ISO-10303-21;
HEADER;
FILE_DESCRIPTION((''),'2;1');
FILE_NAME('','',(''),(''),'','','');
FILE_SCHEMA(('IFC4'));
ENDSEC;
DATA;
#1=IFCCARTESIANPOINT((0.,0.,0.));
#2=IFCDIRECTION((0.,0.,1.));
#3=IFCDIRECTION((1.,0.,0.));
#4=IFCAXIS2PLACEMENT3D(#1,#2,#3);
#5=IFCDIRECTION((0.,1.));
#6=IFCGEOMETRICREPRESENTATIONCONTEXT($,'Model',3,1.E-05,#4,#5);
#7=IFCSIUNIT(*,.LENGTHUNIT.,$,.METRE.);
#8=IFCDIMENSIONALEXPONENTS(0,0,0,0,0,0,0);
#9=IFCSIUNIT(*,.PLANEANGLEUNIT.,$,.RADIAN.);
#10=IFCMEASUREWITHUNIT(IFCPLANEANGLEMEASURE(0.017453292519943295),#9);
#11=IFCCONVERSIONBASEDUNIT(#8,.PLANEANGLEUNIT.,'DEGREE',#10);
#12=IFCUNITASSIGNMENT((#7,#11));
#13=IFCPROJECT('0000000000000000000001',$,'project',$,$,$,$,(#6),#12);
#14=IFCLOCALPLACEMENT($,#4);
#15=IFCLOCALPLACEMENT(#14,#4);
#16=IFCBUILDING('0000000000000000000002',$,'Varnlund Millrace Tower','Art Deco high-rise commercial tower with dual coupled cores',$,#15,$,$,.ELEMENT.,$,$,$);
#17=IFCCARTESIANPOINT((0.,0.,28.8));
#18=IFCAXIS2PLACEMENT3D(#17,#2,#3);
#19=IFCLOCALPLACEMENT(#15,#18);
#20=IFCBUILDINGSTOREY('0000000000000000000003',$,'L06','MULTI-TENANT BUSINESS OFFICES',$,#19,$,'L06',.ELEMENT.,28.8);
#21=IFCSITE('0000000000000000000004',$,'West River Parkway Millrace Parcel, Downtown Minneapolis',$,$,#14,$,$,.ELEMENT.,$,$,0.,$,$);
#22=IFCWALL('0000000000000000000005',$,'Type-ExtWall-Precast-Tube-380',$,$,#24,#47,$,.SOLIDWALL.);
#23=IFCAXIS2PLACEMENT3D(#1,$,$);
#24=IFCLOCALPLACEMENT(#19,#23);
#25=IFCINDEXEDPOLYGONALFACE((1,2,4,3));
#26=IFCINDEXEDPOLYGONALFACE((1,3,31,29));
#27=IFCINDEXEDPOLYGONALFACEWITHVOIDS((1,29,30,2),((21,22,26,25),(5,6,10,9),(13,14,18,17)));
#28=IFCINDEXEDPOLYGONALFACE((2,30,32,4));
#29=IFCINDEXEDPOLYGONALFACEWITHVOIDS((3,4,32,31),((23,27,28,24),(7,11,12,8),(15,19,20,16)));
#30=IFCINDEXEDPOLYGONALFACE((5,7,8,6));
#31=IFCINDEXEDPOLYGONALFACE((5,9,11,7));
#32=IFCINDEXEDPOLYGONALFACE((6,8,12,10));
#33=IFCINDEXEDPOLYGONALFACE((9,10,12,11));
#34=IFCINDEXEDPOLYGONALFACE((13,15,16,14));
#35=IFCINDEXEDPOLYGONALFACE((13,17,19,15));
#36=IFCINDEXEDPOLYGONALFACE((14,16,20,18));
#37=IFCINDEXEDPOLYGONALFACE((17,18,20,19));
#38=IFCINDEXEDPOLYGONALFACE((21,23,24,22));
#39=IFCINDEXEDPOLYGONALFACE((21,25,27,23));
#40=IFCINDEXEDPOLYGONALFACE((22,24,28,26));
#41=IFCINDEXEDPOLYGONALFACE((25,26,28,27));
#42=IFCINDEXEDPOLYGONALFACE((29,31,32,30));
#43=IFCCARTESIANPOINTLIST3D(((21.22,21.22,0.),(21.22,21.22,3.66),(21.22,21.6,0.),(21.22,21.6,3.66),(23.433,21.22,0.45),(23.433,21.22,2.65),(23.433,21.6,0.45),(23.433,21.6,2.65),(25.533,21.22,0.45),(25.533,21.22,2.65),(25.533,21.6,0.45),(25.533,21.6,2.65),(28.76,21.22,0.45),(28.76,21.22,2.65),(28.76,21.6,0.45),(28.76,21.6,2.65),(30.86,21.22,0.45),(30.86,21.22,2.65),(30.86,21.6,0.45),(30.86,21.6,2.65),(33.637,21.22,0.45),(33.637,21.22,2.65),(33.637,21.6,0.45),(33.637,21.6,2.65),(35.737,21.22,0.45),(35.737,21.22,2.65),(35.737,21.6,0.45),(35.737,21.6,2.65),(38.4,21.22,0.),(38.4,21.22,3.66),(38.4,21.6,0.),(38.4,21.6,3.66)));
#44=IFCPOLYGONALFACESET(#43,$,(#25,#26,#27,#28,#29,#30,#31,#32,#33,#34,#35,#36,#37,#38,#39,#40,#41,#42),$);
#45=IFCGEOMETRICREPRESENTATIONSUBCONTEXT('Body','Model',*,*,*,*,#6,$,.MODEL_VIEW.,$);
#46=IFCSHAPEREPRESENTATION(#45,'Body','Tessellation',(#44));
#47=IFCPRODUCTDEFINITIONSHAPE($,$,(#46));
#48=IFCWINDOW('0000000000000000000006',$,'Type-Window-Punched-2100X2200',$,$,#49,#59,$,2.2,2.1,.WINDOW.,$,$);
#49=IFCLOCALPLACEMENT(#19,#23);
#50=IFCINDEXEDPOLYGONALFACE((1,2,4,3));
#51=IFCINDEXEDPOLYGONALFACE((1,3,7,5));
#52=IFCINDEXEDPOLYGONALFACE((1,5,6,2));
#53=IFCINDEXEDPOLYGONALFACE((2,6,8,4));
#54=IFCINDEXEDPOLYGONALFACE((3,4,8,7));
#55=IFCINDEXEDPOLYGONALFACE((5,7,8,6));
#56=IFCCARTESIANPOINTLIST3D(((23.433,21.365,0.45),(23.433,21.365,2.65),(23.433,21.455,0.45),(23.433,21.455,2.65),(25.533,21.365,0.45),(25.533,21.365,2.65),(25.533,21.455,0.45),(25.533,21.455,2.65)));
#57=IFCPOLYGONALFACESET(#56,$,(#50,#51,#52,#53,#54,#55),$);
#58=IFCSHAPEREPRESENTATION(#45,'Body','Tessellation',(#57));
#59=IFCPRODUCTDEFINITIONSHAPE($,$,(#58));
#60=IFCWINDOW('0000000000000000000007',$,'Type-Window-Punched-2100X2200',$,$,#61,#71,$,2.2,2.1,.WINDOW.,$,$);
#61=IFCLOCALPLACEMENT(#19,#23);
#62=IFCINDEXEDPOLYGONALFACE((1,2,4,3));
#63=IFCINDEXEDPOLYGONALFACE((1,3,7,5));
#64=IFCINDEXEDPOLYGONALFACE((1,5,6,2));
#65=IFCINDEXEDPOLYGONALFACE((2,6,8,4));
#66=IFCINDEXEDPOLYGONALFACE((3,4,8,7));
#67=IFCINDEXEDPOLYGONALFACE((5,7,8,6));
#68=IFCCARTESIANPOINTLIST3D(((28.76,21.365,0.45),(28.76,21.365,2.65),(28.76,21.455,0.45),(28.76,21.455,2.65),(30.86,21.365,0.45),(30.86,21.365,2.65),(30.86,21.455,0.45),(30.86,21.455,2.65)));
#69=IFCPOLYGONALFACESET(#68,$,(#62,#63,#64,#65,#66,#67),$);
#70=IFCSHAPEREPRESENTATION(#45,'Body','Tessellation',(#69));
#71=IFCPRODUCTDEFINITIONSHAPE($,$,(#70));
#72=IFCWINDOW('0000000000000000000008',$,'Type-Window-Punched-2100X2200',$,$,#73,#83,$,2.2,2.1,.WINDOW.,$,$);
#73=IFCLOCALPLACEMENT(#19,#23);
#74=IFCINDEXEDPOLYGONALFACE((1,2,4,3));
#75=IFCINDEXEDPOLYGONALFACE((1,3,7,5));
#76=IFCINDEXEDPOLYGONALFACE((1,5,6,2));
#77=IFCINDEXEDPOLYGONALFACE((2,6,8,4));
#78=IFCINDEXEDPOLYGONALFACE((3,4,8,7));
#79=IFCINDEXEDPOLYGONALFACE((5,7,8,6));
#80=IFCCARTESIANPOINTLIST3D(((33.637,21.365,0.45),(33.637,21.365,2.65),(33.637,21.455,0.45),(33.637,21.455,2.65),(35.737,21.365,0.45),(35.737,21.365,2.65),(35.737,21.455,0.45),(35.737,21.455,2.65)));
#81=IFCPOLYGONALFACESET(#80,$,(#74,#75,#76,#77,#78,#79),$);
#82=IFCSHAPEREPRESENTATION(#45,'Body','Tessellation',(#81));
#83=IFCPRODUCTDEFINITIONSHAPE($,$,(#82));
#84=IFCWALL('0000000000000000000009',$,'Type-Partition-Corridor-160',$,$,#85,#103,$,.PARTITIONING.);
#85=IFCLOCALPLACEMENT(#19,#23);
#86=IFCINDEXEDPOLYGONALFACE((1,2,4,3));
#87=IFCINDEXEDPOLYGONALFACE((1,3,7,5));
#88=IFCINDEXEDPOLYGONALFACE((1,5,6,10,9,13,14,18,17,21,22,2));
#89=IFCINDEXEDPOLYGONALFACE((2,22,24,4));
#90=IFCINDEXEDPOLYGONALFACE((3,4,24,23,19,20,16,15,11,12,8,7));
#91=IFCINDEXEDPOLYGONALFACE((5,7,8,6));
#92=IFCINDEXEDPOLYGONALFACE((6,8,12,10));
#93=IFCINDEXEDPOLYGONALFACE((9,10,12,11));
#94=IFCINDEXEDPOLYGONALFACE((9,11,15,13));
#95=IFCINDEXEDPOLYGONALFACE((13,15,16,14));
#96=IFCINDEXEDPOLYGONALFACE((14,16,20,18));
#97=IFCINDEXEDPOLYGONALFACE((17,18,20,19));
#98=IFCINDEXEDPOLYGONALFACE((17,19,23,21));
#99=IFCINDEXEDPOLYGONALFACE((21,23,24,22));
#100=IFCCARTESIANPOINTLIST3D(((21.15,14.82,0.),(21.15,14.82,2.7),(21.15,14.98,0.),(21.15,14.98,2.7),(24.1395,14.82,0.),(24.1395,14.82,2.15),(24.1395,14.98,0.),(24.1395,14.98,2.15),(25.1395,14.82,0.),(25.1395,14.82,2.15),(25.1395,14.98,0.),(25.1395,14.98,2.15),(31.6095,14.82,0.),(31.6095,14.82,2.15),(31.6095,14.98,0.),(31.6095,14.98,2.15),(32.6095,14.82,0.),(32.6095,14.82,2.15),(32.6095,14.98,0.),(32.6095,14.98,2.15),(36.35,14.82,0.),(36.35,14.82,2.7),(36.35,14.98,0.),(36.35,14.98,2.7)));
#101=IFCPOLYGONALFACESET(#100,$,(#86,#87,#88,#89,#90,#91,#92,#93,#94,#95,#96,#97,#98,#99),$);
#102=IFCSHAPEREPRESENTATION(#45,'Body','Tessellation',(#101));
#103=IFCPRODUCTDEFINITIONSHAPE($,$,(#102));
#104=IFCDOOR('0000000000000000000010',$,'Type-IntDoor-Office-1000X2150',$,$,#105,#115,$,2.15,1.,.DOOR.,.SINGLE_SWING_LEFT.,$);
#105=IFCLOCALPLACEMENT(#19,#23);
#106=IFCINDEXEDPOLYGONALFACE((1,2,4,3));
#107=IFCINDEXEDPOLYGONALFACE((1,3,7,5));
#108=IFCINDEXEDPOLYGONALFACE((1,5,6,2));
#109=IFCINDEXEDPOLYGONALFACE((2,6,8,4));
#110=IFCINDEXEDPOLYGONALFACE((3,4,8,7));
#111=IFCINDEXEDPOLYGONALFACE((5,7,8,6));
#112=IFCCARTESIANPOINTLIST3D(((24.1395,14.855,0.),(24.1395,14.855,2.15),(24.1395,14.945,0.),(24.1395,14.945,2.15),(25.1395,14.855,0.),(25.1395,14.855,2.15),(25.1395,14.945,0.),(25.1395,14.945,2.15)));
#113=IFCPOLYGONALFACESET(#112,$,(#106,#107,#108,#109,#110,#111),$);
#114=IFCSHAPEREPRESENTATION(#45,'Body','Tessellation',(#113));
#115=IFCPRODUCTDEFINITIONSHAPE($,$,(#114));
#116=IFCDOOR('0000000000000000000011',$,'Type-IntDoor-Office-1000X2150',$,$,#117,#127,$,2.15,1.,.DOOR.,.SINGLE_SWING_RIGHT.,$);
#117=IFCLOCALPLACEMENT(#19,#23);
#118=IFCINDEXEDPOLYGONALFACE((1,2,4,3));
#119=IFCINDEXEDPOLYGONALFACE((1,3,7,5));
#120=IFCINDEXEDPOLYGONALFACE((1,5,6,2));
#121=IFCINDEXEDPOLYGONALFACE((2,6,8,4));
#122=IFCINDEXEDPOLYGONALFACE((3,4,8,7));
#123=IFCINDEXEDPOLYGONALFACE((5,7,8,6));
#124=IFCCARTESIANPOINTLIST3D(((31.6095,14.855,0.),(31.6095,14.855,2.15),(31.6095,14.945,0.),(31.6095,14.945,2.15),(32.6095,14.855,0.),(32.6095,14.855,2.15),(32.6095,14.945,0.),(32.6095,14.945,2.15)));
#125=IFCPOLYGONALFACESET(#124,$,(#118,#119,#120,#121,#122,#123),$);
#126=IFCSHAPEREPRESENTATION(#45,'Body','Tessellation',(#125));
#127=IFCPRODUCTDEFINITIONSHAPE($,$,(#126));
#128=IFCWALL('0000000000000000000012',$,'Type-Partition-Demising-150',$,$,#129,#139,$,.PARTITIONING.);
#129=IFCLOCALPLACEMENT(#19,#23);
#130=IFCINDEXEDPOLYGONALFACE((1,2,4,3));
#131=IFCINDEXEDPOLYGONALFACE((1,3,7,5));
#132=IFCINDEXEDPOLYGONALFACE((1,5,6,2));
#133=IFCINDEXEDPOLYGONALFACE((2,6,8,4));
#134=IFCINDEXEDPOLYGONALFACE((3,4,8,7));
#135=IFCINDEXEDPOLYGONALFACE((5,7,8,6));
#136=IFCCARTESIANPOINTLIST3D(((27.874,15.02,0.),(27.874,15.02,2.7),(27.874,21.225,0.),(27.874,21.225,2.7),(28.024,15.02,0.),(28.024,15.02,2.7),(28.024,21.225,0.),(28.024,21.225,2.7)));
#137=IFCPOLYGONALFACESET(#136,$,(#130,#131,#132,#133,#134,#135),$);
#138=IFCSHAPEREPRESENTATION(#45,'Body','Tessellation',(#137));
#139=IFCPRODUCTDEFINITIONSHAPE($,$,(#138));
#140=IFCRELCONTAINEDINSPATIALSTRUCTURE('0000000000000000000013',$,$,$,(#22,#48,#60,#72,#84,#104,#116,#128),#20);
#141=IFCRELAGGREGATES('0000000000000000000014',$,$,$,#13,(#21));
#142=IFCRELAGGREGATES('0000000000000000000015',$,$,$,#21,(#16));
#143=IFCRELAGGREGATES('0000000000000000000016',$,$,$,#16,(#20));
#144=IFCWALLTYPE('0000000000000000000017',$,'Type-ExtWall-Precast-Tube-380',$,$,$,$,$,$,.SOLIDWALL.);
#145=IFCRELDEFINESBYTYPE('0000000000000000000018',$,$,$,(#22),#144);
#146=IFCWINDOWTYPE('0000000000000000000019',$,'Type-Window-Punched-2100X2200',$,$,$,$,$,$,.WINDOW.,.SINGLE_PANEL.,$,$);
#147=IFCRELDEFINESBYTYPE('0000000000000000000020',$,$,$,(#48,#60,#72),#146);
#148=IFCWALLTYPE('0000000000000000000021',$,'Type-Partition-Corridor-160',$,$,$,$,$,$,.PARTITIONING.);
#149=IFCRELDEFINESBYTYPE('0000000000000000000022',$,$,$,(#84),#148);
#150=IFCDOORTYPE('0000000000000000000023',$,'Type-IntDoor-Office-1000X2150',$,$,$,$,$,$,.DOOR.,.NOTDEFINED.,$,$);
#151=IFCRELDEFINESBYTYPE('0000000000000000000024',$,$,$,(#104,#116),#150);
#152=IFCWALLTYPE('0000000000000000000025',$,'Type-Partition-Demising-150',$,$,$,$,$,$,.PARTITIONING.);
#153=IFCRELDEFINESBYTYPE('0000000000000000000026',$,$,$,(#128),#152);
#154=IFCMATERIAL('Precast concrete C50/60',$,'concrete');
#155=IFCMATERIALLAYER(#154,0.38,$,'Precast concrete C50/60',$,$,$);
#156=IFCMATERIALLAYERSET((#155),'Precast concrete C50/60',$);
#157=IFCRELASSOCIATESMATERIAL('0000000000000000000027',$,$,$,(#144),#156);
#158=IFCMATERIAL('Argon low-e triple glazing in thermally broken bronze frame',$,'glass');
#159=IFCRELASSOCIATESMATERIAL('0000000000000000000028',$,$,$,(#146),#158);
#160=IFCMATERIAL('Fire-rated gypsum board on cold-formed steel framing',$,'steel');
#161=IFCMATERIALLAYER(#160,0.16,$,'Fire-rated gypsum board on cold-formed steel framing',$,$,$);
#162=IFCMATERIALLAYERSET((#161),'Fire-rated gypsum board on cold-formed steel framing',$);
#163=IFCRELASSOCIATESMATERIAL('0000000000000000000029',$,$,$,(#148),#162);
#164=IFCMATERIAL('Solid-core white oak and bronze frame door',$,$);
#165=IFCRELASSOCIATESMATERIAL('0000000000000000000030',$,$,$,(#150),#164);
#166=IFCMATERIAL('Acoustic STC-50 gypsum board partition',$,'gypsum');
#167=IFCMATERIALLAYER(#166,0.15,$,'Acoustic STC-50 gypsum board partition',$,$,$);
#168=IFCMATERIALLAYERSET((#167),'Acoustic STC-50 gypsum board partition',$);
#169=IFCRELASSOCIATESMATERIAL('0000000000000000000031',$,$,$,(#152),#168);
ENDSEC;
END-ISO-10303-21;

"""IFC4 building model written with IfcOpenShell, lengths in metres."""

from ifc_helpers import new_model, entity, si_unit, converted_unit, direction, frame, origin_with_axes, origin_2d_with_axis, place, context, subcontext, project, spatial, polyline, rectangle, outline, extrude, material, layer, layer_set, type_object, element, fill, save


model = new_model("IFC4")

# Units and contexts
model_context = context("Model", 3, precision=1e-05, world=origin_with_axes(), true_north=direction((0.0, 1.0)))
body_context = subcontext(model_context, "Body", "Model", "MODEL_VIEW")
ifc_project = project(units=[si_unit("LENGTHUNIT", "METRE"), converted_unit("PLANEANGLEUNIT", "DEGREE", entity("IfcPlaneAngleMeasure", 0.017453292519943295), si_unit("PLANEANGLEUNIT", "RADIAN"), dimensions=[0, 0, 0, 0, 0, 0, 0])], contexts=[model_context])

# Site, building, storey
site_placement = place(None, origin_with_axes())
site = spatial("IfcSite", under=ifc_project, at=site_placement, Name="West River Parkway Millrace Parcel, Downtown Minneapolis", CompositionType="ELEMENT", RefElevation=0.0)
building_placement = place(site_placement, origin_with_axes())
building = spatial("IfcBuilding", under=site, at=building_placement, Name="Varnlund Millrace Tower", Description="Art Deco high-rise commercial tower with dual coupled cores", CompositionType="ELEMENT")
storey_placement = place(building_placement, frame((0.0, 0.0, 28.8), z_axis=(0.0, 0.0, 1.0), x_axis=(1.0, 0.0, 0.0)))
storey = spatial("IfcBuildingStorey", under=building, at=storey_placement, Name="L06", Description="MULTI-TENANT BUSINESS OFFICES", LongName="L06", CompositionType="ELEMENT", Elevation=28.8)

# Shared definitions
ifc_material_1 = material(Name="Precast concrete C50/60", Category="concrete")
ifc_layer_1 = layer(ifc_material_1, 0.38, Name="Precast concrete C50/60")
ifc_layer_set_1 = layer_set([ifc_layer_1], Name="Precast concrete C50/60")
wall_type_1 = type_object("IfcWallType", Name="Type-ExtWall-Precast-Tube-380", PredefinedType="SOLIDWALL", material=ifc_layer_set_1)

# Wall, openings, windows
wall_1_placement = place(storey_placement, frame((21.22, 21.41, 0.0), z_axis=(0.0, 0.0, 1.0), x_axis=(1.0, 0.0, 0.0)))
wall_1 = element("IfcWall", 1, at=wall_1_placement, inside=storey, type_object=wall_type_1, Name="Type-ExtWall-Precast-Tube-380", PredefinedType="SOLIDWALL", context=body_context, shape_type="SweptSolid", body=[
    extrude(outline(polyline([(0.0, -0.19), (17.18, -0.19), (17.18, 0.19), (0.0, 0.19), (0.0, -0.19)])), origin_with_axes(), (0.0, 0.0, 1.0), 3.66),
])
opening_1_placement = place(wall_1_placement, frame((3.263, 0.0, 0.45), z_axis=(0.0, 0.0, 1.0), x_axis=(1.0, 0.0, 0.0)))
opening_1 = element("IfcOpeningElement", 2, at=opening_1_placement, cuts=wall_1, PredefinedType="OPENING", context=body_context, shape_type="SweptSolid", body=[
    extrude(rectangle(XDim=2.1, YDim=0.4, at=origin_2d_with_axis()), origin_with_axes(), (0.0, 0.0, 1.0), 2.2),
])
opening_2_placement = place(wall_1_placement, frame((8.59, 0.0, 0.45), z_axis=(0.0, 0.0, 1.0), x_axis=(1.0, 0.0, 0.0)))
opening_2 = element("IfcOpeningElement", 3, at=opening_2_placement, cuts=wall_1, PredefinedType="OPENING", context=body_context, shape_type="SweptSolid", body=[
    extrude(rectangle(XDim=2.1, YDim=0.4, at=origin_2d_with_axis()), origin_with_axes(), (0.0, 0.0, 1.0), 2.2),
])
opening_3_placement = place(wall_1_placement, frame((13.467, 0.0, 0.45), z_axis=(0.0, 0.0, 1.0), x_axis=(1.0, 0.0, 0.0)))
opening_3 = element("IfcOpeningElement", 4, at=opening_3_placement, cuts=wall_1, PredefinedType="OPENING", context=body_context, shape_type="SweptSolid", body=[
    extrude(rectangle(XDim=2.1, YDim=0.4, at=origin_2d_with_axis()), origin_with_axes(), (0.0, 0.0, 1.0), 2.2),
])
ifc_material_2 = material(Name="Argon low-e triple glazing in thermally broken bronze frame", Category="glass")
window_type = type_object("IfcWindowType", Name="Type-Window-Punched-2100X2200", PartitioningType="SINGLE_PANEL", PredefinedType="WINDOW", material=ifc_material_2)
window_1_placement = place(wall_1_placement, frame((3.263, 0.0, 0.45), z_axis=(0.0, 0.0, 1.0), x_axis=(1.0, 0.0, 0.0)))
window_1 = element("IfcWindow", 5, at=window_1_placement, inside=storey, type_object=window_type, Name="Type-Window-Punched-2100X2200", OverallHeight=2.2, OverallWidth=2.1, PredefinedType="WINDOW", context=body_context, shape_type="SweptSolid", body=[
    extrude(rectangle(XDim=2.1, YDim=0.09, at=origin_2d_with_axis()), origin_with_axes(), (0.0, 0.0, 1.0), 2.2),
])
fill(opening_1, window_1)
window_2_placement = place(wall_1_placement, frame((8.59, 0.0, 0.45), z_axis=(0.0, 0.0, 1.0), x_axis=(1.0, 0.0, 0.0)))
window_2 = element("IfcWindow", 6, at=window_2_placement, inside=storey, type_object=window_type, Name="Type-Window-Punched-2100X2200", OverallHeight=2.2, OverallWidth=2.1, PredefinedType="WINDOW", context=body_context, shape_type="SweptSolid", body=[
    extrude(rectangle(XDim=2.1, YDim=0.09, at=origin_2d_with_axis()), origin_with_axes(), (0.0, 0.0, 1.0), 2.2),
])
fill(opening_2, window_2)
window_3_placement = place(wall_1_placement, frame((13.467, 0.0, 0.45), z_axis=(0.0, 0.0, 1.0), x_axis=(1.0, 0.0, 0.0)))
window_3 = element("IfcWindow", 7, at=window_3_placement, inside=storey, type_object=window_type, Name="Type-Window-Punched-2100X2200", OverallHeight=2.2, OverallWidth=2.1, PredefinedType="WINDOW", context=body_context, shape_type="SweptSolid", body=[
    extrude(rectangle(XDim=2.1, YDim=0.09, at=origin_2d_with_axis()), origin_with_axes(), (0.0, 0.0, 1.0), 2.2),
])
fill(opening_3, window_3)

# Wall, openings, doors
ifc_material_3 = material(Name="Fire-rated gypsum board on cold-formed steel framing", Category="steel")
ifc_layer_2 = layer(ifc_material_3, 0.16, Name="Fire-rated gypsum board on cold-formed steel framing")
ifc_layer_set_2 = layer_set([ifc_layer_2], Name="Fire-rated gypsum board on cold-formed steel framing")
wall_type_2 = type_object("IfcWallType", Name="Type-Partition-Corridor-160", PredefinedType="PARTITIONING", material=ifc_layer_set_2)
wall_2_placement = place(storey_placement, frame((21.15, 14.9, 0.0), z_axis=(0.0, 0.0, 1.0), x_axis=(1.0, 0.0, 0.0)))
wall_2 = element("IfcWall", 8, at=wall_2_placement, inside=storey, type_object=wall_type_2, Name="Type-Partition-Corridor-160", PredefinedType="PARTITIONING", context=body_context, shape_type="SweptSolid", body=[
    extrude(outline(polyline([(0.0, -0.08), (15.2, -0.08), (15.2, 0.08), (0.0, 0.08), (0.0, -0.08)])), origin_with_axes(), (0.0, 0.0, 1.0), 2.7),
])
opening_4_placement = place(wall_2_placement, frame((3.4895, 0.0, 0.0), z_axis=(0.0, 0.0, 1.0), x_axis=(1.0, 0.0, 0.0)))
opening_4 = element("IfcOpeningElement", 9, at=opening_4_placement, cuts=wall_2, PredefinedType="OPENING", context=body_context, shape_type="SweptSolid", body=[
    extrude(rectangle(XDim=1.0, YDim=0.18, at=origin_2d_with_axis()), origin_with_axes(), (0.0, 0.0, 1.0), 2.15),
])
opening_5_placement = place(wall_2_placement, frame((10.9595, 0.0, 0.0), z_axis=(0.0, 0.0, 1.0), x_axis=(1.0, 0.0, 0.0)))
opening_5 = element("IfcOpeningElement", 10, at=opening_5_placement, cuts=wall_2, PredefinedType="OPENING", context=body_context, shape_type="SweptSolid", body=[
    extrude(rectangle(XDim=1.0, YDim=0.18, at=origin_2d_with_axis()), origin_with_axes(), (0.0, 0.0, 1.0), 2.15),
])
ifc_material_4 = material(Name="Solid-core white oak and bronze frame door")
door_type_1 = type_object("IfcDoorType", Name="Type-IntDoor-Office-1000X2150", OperationType="NOTDEFINED", PredefinedType="DOOR", material=ifc_material_4)
door_1_placement = place(wall_2_placement, frame((3.4895, 0.0, 0.0), z_axis=(0.0, 0.0, 1.0), x_axis=(1.0, 0.0, 0.0)))
door_1 = element("IfcDoor", 11, at=door_1_placement, inside=storey, type_object=door_type_1, Name="Type-IntDoor-Office-1000X2150", OperationType="SINGLE_SWING_LEFT", OverallHeight=2.15, OverallWidth=1.0, PredefinedType="DOOR", context=body_context, shape_type="SweptSolid", body=[
    extrude(rectangle(XDim=1.0, YDim=0.09, at=origin_2d_with_axis()), origin_with_axes(), (0.0, 0.0, 1.0), 2.15),
])
fill(opening_4, door_1)
door_2_placement = place(wall_2_placement, frame((10.9595, 0.0, 0.0), z_axis=(0.0, 0.0, 1.0), x_axis=(1.0, 0.0, 0.0)))
door_2 = element("IfcDoor", 12, at=door_2_placement, inside=storey, type_object=door_type_1, Name="Type-IntDoor-Office-1000X2150", OperationType="SINGLE_SWING_RIGHT", OverallHeight=2.15, OverallWidth=1.0, PredefinedType="DOOR", context=body_context, shape_type="SweptSolid", body=[
    extrude(rectangle(XDim=1.0, YDim=0.09, at=origin_2d_with_axis()), origin_with_axes(), (0.0, 0.0, 1.0), 2.15),
])
fill(opening_5, door_2)

# Wall
ifc_material_5 = material(Name="Acoustic STC-50 gypsum board partition", Category="gypsum")
ifc_layer_3 = layer(ifc_material_5, 0.15, Name="Acoustic STC-50 gypsum board partition")
ifc_layer_set_3 = layer_set([ifc_layer_3], Name="Acoustic STC-50 gypsum board partition")
wall_type_3 = type_object("IfcWallType", Name="Type-Partition-Demising-150", PredefinedType="PARTITIONING", material=ifc_layer_set_3)
wall_3_placement = place(storey_placement, frame((27.949, 15.02, 0.0), z_axis=(0.0, 0.0, 1.0), x_axis=(0.0, 1.0, 0.0)))
element("IfcWall", 13, at=wall_3_placement, inside=storey, type_object=wall_type_3, Name="Type-Partition-Demising-150", PredefinedType="PARTITIONING", context=body_context, shape_type="SweptSolid", body=[
    extrude(outline(polyline([(0.0, -0.075), (6.205, -0.075), (6.205, 0.075), (0.0, 0.075), (0.0, -0.075)])), origin_with_axes(), (0.0, 0.0, 1.0), 2.7),
])

save(model, "model.ifc")
